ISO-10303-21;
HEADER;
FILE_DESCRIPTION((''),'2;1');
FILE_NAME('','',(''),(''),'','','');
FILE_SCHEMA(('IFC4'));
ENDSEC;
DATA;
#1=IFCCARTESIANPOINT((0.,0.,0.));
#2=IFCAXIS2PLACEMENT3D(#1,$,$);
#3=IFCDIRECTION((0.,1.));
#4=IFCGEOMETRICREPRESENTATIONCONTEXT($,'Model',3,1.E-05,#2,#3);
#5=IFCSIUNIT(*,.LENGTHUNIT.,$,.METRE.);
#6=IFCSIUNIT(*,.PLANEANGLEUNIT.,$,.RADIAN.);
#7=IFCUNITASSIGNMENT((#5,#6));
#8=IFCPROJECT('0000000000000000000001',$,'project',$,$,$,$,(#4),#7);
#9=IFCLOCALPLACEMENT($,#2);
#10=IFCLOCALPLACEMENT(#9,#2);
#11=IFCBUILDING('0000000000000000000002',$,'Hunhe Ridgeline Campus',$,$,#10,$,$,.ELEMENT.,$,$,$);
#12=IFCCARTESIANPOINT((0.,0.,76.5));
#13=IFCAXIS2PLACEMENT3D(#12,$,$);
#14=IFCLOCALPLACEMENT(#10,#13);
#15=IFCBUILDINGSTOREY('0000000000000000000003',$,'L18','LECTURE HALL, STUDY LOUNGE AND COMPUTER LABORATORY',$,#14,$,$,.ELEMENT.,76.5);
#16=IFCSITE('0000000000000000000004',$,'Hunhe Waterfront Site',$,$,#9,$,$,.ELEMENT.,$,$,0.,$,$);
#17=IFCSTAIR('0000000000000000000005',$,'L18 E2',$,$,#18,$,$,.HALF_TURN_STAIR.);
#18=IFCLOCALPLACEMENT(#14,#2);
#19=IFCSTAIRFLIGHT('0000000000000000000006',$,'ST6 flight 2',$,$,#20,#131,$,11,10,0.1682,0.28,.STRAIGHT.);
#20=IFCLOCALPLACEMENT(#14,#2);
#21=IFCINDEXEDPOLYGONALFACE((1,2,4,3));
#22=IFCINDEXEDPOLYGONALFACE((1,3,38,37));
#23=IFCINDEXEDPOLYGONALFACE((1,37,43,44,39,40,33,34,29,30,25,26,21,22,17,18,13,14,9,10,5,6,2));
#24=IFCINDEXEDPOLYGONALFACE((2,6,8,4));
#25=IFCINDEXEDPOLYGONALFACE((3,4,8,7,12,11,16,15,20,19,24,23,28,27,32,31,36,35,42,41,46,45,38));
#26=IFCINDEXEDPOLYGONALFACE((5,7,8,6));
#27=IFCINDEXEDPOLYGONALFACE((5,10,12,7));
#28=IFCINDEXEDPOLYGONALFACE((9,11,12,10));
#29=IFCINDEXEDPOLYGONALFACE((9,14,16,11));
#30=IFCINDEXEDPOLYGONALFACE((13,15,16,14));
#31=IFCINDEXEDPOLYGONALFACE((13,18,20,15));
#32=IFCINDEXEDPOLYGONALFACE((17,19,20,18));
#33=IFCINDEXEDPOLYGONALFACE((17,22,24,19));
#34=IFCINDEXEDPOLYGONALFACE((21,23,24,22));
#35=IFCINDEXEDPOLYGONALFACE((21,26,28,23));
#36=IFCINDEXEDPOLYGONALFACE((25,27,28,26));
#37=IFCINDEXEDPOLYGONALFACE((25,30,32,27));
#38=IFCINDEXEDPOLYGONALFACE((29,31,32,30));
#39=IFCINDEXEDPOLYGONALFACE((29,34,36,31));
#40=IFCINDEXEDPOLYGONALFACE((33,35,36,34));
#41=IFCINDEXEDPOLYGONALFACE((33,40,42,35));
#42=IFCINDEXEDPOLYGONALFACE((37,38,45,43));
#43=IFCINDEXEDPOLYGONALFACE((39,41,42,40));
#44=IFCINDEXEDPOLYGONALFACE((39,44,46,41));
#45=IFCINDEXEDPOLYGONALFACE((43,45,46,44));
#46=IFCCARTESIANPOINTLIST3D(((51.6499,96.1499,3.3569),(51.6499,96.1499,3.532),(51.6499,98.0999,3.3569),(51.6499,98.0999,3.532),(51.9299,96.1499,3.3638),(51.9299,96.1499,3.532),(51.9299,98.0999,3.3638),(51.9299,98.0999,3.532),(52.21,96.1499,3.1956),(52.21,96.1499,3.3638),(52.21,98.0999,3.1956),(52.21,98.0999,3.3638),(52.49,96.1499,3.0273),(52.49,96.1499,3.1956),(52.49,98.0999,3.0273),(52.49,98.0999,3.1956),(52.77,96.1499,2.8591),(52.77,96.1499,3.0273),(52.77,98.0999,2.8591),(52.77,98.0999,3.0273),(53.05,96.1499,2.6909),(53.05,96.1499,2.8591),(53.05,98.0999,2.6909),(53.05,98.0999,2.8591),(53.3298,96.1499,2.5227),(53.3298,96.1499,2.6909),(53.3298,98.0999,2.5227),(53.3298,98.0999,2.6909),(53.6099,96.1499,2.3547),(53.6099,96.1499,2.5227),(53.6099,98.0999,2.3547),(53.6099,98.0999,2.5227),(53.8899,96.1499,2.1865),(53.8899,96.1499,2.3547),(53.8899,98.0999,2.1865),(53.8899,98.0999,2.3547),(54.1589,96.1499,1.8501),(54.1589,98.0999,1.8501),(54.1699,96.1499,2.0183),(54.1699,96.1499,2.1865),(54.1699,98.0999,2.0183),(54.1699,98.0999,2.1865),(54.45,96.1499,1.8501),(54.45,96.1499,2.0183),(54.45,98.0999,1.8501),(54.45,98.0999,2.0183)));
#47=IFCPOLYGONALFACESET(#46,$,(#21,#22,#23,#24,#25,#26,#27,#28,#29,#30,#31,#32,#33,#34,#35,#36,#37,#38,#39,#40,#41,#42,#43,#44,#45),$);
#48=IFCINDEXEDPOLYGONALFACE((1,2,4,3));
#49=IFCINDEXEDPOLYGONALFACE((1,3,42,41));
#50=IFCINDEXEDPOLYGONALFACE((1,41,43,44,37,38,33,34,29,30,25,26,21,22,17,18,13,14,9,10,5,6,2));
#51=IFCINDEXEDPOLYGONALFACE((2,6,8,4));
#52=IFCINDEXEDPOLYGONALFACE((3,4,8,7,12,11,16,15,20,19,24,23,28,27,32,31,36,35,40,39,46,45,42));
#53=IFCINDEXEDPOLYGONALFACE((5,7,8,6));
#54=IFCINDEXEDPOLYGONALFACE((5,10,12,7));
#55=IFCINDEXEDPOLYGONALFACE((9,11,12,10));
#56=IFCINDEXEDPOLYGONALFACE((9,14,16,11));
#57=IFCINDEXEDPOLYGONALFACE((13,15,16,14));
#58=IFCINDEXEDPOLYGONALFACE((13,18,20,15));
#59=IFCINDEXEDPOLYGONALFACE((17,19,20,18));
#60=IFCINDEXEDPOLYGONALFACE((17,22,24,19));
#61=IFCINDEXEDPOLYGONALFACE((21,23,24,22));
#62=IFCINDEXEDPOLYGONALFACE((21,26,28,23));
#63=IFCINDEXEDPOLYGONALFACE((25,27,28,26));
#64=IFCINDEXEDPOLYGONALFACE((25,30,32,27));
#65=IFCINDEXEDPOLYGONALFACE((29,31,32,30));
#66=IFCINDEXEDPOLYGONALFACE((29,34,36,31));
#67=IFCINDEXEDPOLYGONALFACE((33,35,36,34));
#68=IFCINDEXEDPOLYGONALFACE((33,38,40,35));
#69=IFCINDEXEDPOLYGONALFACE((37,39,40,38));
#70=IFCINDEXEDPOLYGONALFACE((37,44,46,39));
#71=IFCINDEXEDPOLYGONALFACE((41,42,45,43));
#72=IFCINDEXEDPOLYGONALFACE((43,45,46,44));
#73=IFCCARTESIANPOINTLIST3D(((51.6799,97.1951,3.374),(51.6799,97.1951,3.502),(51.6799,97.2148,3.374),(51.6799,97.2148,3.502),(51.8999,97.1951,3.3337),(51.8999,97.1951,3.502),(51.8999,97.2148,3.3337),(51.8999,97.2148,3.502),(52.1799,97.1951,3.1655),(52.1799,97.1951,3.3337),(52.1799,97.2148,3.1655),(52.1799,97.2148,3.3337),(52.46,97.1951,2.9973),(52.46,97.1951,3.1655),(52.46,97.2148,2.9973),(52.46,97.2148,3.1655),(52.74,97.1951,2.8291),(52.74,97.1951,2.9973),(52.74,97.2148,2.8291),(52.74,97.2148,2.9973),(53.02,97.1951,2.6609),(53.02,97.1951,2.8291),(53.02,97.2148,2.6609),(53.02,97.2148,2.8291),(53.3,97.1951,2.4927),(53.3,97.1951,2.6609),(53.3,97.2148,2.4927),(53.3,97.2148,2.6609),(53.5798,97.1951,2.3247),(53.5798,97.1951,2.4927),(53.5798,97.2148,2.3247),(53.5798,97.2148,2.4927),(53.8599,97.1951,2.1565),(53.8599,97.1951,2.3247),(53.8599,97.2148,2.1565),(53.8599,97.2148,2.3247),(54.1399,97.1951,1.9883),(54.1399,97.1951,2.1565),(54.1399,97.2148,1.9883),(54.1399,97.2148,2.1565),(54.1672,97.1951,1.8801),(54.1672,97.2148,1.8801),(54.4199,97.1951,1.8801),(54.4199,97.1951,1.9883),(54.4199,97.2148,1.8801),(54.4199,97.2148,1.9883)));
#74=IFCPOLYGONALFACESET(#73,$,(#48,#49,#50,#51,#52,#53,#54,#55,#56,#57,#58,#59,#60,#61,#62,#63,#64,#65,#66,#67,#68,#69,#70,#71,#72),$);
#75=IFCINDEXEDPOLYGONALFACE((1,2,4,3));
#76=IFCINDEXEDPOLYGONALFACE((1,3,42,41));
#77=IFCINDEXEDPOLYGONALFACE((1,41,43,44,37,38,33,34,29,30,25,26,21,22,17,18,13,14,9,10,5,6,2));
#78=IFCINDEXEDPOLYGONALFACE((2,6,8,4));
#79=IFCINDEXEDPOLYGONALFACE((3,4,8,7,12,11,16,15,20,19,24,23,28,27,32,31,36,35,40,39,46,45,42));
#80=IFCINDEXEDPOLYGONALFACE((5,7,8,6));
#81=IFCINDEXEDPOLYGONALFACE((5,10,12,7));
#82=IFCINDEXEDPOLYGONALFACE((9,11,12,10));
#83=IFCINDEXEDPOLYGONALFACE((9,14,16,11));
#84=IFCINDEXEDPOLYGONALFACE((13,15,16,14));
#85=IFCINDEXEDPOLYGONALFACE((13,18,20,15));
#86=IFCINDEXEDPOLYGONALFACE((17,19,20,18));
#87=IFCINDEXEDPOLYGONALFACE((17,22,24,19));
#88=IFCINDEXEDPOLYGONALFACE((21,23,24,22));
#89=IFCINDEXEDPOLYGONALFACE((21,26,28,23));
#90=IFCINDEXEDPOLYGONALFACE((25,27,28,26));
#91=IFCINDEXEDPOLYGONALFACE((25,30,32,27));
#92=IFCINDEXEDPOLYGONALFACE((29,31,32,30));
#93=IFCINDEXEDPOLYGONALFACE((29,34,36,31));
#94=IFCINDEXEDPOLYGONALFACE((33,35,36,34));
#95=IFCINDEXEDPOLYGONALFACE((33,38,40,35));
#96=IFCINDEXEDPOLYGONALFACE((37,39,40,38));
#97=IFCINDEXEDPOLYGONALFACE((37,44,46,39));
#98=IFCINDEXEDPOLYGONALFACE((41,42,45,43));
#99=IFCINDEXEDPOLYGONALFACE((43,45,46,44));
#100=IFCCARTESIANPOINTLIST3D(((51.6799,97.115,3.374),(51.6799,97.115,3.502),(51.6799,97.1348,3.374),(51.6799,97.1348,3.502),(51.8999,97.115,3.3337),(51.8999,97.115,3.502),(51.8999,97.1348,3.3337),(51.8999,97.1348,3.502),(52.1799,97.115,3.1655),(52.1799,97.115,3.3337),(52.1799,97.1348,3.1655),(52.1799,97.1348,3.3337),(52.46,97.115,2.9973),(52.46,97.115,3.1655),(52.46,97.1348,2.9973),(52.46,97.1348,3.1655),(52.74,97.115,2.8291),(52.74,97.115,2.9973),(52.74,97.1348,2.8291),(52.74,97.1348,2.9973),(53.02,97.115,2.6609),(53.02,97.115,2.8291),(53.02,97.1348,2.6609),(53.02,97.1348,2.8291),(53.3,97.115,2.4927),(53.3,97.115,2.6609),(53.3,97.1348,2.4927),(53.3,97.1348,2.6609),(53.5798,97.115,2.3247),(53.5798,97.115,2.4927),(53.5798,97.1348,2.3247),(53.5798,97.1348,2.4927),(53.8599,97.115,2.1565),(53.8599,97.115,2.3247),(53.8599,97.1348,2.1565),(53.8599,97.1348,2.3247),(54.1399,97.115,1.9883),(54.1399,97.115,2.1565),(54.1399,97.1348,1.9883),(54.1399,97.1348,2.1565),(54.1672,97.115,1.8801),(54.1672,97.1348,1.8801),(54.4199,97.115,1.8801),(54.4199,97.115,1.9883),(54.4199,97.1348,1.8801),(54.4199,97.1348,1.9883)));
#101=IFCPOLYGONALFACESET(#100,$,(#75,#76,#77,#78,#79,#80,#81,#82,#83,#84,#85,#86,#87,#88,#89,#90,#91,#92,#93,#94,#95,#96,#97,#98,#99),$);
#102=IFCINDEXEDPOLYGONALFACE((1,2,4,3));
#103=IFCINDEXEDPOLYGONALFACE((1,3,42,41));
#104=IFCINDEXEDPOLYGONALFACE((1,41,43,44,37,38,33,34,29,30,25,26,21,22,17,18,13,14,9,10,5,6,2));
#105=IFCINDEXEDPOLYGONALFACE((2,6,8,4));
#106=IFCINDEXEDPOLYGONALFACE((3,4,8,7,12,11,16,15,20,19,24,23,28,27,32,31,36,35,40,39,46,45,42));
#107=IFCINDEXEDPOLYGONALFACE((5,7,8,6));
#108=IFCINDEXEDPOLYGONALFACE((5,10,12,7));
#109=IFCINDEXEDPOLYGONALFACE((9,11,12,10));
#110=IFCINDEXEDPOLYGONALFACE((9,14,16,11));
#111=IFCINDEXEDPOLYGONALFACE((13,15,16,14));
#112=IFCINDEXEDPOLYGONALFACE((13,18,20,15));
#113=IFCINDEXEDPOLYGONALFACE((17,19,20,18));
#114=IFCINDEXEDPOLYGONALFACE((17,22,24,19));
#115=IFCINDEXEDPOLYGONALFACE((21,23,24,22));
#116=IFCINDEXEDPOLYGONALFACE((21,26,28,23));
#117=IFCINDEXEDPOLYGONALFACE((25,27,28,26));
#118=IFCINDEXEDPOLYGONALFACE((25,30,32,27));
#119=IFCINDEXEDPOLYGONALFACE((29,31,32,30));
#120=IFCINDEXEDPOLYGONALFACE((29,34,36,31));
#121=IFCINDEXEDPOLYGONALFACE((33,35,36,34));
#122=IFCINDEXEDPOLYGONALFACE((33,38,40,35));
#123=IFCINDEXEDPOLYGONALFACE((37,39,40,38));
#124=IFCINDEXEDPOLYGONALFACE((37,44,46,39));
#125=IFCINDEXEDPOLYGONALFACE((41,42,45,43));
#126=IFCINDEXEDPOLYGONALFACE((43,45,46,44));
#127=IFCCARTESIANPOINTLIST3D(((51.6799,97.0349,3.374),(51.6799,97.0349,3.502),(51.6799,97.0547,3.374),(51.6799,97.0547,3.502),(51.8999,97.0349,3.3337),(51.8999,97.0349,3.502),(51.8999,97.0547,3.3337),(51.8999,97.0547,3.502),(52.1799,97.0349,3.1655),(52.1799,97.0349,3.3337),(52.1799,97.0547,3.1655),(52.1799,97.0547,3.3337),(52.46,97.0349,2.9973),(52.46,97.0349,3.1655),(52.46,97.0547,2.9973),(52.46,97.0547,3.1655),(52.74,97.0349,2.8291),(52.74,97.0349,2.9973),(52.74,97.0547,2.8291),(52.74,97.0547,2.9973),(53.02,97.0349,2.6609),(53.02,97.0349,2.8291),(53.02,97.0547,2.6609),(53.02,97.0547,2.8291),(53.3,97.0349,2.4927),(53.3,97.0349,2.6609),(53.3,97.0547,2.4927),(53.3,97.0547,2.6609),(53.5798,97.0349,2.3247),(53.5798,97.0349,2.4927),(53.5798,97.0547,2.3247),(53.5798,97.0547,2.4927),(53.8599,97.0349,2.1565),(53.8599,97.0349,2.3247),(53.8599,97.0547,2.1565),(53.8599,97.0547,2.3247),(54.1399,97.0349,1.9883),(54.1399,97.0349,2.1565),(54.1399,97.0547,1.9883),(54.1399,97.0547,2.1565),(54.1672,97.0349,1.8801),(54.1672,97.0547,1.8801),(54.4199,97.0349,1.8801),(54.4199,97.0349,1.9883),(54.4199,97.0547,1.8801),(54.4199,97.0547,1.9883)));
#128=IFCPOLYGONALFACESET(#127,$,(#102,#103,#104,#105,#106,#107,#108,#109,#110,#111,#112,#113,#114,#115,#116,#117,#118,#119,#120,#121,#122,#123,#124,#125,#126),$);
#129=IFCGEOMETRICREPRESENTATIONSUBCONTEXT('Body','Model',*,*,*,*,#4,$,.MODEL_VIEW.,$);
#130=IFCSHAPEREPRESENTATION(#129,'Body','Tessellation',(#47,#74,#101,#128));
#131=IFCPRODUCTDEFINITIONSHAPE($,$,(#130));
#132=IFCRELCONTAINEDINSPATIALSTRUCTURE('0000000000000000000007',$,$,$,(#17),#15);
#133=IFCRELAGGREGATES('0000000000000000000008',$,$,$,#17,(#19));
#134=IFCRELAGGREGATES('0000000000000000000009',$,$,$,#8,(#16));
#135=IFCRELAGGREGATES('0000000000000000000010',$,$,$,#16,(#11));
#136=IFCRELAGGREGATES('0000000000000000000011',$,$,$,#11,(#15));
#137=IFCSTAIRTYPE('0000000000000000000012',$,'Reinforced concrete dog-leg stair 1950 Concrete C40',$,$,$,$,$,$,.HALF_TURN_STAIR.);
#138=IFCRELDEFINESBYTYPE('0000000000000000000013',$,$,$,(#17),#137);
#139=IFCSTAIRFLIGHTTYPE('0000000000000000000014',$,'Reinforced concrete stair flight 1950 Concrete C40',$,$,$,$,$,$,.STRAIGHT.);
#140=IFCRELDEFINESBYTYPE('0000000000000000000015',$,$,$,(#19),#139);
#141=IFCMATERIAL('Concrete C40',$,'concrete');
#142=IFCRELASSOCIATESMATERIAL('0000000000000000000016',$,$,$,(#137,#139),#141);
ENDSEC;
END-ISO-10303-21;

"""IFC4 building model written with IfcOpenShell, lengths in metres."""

from ifc_helpers import new_model, si_unit, direction, frame, origin, place, context, subcontext, project, spatial, polyline, outline, extrude, material, type_object, element, aggregate, save


model = new_model("IFC4")

# Units and contexts
model_context = context("Model", 3, precision=1e-05, world=origin(), true_north=direction((0.0, 1.0)))
body_context = subcontext(model_context, "Body", "Model", "MODEL_VIEW")
ifc_project = project(units=[si_unit("LENGTHUNIT", "METRE"), si_unit("PLANEANGLEUNIT", "RADIAN")], contexts=[model_context])

# Site, building, storey
site_placement = place(None, origin())
site = spatial("IfcSite", under=ifc_project, at=site_placement, Name="Hunhe Waterfront Site", CompositionType="ELEMENT", RefElevation=0.0)
building_placement = place(site_placement, origin())
building = spatial("IfcBuilding", under=site, at=building_placement, Name="Hunhe Ridgeline Campus", CompositionType="ELEMENT")
storey_placement = place(building_placement, frame((0.0, 0.0, 76.5)))
storey = spatial("IfcBuildingStorey", under=building, at=storey_placement, Name="L18", Description="LECTURE HALL, STUDY LOUNGE AND COMPUTER LABORATORY", CompositionType="ELEMENT", Elevation=76.5)

# Stair, stair flight
ifc_material_1 = material(Name="Concrete C40", Category="concrete")
stair_type = type_object("IfcStairType", Name="Reinforced concrete dog-leg stair 1950 Concrete C40", PredefinedType="HALF_TURN_STAIR", material=ifc_material_1)
stair_1_placement = place(storey_placement, origin())
stair_1 = element("IfcStair", 1, at=stair_1_placement, inside=storey, type_object=stair_type, Name="L18 E2", PredefinedType="HALF_TURN_STAIR")
stair_flight_type = type_object("IfcStairFlightType", Name="Reinforced concrete stair flight 1950 Concrete C40", PredefinedType="STRAIGHT", material=ifc_material_1)
stair_flight_1_placement = place(storey_placement, frame((54.45, 97.125, 1.8501), z_axis=(0.0, 0.0, 1.0), x_axis=(-1.0, 0.0, 0.0)))
stair_flight_1 = element("IfcStairFlight", 2, at=stair_flight_1_placement, type_object=stair_flight_type, Name="ST6 flight 2", NumberOfRisers=11, NumberOfTreads=10, PredefinedType="STRAIGHT", RiserHeight=0.1682, TreadLength=0.28, context=body_context, shape_type="SweptSolid", body=[
    extrude(outline(polyline([(0.0, 0.0), (0.0, 0.1682), (0.28, 0.1682), (0.28, 0.3364), (0.5601, 0.3364), (0.5601, 0.5046), (0.8401, 0.5046), (0.8401, 0.6726), (1.1201, 0.6726), (1.1201, 0.8408), (1.3999, 0.8408), (1.3999, 1.009), (1.6799, 1.009), (1.6799, 1.1772), (1.96, 1.1772), (1.96, 1.3455), (2.24, 1.3455), (2.24, 1.5137), (2.52, 1.5137), (2.52, 1.6819), (2.8, 1.6819), (2.8, 1.8501), (2.8, 1.5068), (0.291, 0.0), (0.0, 0.0)])), frame((0.0, 0.9751, 0.0), z_axis=(0.0, -1.0, 0.0), x_axis=(1.0, 0.0, 0.0)), (0.0, 0.0, 1.0), 1.95),
    extrude(outline(polyline([(0.03, 0.03), (0.03, 0.1382), (0.3101, 0.1382), (0.3101, 0.3064), (0.5901, 0.3064), (0.5901, 0.4746), (0.8701, 0.4746), (0.8701, 0.6426), (1.1499, 0.6426), (1.1499, 0.8108), (1.4299, 0.8108), (1.4299, 0.979), (1.71, 0.979), (1.71, 1.1472), (1.99, 1.1472), (1.99, 1.3154), (2.27, 1.3154), (2.27, 1.4836), (2.55, 1.4836), (2.55, 1.6519), (2.77, 1.6519), (2.77, 1.5239), (0.2827, 0.03), (0.03, 0.03)])), frame((0.0, -0.0701, 0.0), z_axis=(0.0, -1.0, 0.0), x_axis=(1.0, 0.0, 0.0)), (0.0, 0.0, 1.0), 0.0198),
    extrude(outline(polyline([(0.03, 0.03), (0.03, 0.1382), (0.3101, 0.1382), (0.3101, 0.3064), (0.5901, 0.3064), (0.5901, 0.4746), (0.8701, 0.4746), (0.8701, 0.6426), (1.1499, 0.6426), (1.1499, 0.8108), (1.4299, 0.8108), (1.4299, 0.979), (1.71, 0.979), (1.71, 1.1472), (1.99, 1.1472), (1.99, 1.3154), (2.27, 1.3154), (2.27, 1.4836), (2.55, 1.4836), (2.55, 1.6519), (2.77, 1.6519), (2.77, 1.5239), (0.2827, 0.03), (0.03, 0.03)])), frame((0.0, 0.01, 0.0), z_axis=(0.0, -1.0, 0.0), x_axis=(1.0, 0.0, 0.0)), (0.0, 0.0, 1.0), 0.0198),
    extrude(outline(polyline([(0.03, 0.03), (0.03, 0.1382), (0.3101, 0.1382), (0.3101, 0.3064), (0.5901, 0.3064), (0.5901, 0.4746), (0.8701, 0.4746), (0.8701, 0.6426), (1.1499, 0.6426), (1.1499, 0.8108), (1.4299, 0.8108), (1.4299, 0.979), (1.71, 0.979), (1.71, 1.1472), (1.99, 1.1472), (1.99, 1.3154), (2.27, 1.3154), (2.27, 1.4836), (2.55, 1.4836), (2.55, 1.6519), (2.77, 1.6519), (2.77, 1.5239), (0.2827, 0.03), (0.03, 0.03)])), frame((0.0, 0.0901, 0.0), z_axis=(0.0, -1.0, 0.0), x_axis=(1.0, 0.0, 0.0)), (0.0, 0.0, 1.0), 0.0198),
])
aggregate(stair_1, [stair_flight_1])

save(model, "model.ifc")
